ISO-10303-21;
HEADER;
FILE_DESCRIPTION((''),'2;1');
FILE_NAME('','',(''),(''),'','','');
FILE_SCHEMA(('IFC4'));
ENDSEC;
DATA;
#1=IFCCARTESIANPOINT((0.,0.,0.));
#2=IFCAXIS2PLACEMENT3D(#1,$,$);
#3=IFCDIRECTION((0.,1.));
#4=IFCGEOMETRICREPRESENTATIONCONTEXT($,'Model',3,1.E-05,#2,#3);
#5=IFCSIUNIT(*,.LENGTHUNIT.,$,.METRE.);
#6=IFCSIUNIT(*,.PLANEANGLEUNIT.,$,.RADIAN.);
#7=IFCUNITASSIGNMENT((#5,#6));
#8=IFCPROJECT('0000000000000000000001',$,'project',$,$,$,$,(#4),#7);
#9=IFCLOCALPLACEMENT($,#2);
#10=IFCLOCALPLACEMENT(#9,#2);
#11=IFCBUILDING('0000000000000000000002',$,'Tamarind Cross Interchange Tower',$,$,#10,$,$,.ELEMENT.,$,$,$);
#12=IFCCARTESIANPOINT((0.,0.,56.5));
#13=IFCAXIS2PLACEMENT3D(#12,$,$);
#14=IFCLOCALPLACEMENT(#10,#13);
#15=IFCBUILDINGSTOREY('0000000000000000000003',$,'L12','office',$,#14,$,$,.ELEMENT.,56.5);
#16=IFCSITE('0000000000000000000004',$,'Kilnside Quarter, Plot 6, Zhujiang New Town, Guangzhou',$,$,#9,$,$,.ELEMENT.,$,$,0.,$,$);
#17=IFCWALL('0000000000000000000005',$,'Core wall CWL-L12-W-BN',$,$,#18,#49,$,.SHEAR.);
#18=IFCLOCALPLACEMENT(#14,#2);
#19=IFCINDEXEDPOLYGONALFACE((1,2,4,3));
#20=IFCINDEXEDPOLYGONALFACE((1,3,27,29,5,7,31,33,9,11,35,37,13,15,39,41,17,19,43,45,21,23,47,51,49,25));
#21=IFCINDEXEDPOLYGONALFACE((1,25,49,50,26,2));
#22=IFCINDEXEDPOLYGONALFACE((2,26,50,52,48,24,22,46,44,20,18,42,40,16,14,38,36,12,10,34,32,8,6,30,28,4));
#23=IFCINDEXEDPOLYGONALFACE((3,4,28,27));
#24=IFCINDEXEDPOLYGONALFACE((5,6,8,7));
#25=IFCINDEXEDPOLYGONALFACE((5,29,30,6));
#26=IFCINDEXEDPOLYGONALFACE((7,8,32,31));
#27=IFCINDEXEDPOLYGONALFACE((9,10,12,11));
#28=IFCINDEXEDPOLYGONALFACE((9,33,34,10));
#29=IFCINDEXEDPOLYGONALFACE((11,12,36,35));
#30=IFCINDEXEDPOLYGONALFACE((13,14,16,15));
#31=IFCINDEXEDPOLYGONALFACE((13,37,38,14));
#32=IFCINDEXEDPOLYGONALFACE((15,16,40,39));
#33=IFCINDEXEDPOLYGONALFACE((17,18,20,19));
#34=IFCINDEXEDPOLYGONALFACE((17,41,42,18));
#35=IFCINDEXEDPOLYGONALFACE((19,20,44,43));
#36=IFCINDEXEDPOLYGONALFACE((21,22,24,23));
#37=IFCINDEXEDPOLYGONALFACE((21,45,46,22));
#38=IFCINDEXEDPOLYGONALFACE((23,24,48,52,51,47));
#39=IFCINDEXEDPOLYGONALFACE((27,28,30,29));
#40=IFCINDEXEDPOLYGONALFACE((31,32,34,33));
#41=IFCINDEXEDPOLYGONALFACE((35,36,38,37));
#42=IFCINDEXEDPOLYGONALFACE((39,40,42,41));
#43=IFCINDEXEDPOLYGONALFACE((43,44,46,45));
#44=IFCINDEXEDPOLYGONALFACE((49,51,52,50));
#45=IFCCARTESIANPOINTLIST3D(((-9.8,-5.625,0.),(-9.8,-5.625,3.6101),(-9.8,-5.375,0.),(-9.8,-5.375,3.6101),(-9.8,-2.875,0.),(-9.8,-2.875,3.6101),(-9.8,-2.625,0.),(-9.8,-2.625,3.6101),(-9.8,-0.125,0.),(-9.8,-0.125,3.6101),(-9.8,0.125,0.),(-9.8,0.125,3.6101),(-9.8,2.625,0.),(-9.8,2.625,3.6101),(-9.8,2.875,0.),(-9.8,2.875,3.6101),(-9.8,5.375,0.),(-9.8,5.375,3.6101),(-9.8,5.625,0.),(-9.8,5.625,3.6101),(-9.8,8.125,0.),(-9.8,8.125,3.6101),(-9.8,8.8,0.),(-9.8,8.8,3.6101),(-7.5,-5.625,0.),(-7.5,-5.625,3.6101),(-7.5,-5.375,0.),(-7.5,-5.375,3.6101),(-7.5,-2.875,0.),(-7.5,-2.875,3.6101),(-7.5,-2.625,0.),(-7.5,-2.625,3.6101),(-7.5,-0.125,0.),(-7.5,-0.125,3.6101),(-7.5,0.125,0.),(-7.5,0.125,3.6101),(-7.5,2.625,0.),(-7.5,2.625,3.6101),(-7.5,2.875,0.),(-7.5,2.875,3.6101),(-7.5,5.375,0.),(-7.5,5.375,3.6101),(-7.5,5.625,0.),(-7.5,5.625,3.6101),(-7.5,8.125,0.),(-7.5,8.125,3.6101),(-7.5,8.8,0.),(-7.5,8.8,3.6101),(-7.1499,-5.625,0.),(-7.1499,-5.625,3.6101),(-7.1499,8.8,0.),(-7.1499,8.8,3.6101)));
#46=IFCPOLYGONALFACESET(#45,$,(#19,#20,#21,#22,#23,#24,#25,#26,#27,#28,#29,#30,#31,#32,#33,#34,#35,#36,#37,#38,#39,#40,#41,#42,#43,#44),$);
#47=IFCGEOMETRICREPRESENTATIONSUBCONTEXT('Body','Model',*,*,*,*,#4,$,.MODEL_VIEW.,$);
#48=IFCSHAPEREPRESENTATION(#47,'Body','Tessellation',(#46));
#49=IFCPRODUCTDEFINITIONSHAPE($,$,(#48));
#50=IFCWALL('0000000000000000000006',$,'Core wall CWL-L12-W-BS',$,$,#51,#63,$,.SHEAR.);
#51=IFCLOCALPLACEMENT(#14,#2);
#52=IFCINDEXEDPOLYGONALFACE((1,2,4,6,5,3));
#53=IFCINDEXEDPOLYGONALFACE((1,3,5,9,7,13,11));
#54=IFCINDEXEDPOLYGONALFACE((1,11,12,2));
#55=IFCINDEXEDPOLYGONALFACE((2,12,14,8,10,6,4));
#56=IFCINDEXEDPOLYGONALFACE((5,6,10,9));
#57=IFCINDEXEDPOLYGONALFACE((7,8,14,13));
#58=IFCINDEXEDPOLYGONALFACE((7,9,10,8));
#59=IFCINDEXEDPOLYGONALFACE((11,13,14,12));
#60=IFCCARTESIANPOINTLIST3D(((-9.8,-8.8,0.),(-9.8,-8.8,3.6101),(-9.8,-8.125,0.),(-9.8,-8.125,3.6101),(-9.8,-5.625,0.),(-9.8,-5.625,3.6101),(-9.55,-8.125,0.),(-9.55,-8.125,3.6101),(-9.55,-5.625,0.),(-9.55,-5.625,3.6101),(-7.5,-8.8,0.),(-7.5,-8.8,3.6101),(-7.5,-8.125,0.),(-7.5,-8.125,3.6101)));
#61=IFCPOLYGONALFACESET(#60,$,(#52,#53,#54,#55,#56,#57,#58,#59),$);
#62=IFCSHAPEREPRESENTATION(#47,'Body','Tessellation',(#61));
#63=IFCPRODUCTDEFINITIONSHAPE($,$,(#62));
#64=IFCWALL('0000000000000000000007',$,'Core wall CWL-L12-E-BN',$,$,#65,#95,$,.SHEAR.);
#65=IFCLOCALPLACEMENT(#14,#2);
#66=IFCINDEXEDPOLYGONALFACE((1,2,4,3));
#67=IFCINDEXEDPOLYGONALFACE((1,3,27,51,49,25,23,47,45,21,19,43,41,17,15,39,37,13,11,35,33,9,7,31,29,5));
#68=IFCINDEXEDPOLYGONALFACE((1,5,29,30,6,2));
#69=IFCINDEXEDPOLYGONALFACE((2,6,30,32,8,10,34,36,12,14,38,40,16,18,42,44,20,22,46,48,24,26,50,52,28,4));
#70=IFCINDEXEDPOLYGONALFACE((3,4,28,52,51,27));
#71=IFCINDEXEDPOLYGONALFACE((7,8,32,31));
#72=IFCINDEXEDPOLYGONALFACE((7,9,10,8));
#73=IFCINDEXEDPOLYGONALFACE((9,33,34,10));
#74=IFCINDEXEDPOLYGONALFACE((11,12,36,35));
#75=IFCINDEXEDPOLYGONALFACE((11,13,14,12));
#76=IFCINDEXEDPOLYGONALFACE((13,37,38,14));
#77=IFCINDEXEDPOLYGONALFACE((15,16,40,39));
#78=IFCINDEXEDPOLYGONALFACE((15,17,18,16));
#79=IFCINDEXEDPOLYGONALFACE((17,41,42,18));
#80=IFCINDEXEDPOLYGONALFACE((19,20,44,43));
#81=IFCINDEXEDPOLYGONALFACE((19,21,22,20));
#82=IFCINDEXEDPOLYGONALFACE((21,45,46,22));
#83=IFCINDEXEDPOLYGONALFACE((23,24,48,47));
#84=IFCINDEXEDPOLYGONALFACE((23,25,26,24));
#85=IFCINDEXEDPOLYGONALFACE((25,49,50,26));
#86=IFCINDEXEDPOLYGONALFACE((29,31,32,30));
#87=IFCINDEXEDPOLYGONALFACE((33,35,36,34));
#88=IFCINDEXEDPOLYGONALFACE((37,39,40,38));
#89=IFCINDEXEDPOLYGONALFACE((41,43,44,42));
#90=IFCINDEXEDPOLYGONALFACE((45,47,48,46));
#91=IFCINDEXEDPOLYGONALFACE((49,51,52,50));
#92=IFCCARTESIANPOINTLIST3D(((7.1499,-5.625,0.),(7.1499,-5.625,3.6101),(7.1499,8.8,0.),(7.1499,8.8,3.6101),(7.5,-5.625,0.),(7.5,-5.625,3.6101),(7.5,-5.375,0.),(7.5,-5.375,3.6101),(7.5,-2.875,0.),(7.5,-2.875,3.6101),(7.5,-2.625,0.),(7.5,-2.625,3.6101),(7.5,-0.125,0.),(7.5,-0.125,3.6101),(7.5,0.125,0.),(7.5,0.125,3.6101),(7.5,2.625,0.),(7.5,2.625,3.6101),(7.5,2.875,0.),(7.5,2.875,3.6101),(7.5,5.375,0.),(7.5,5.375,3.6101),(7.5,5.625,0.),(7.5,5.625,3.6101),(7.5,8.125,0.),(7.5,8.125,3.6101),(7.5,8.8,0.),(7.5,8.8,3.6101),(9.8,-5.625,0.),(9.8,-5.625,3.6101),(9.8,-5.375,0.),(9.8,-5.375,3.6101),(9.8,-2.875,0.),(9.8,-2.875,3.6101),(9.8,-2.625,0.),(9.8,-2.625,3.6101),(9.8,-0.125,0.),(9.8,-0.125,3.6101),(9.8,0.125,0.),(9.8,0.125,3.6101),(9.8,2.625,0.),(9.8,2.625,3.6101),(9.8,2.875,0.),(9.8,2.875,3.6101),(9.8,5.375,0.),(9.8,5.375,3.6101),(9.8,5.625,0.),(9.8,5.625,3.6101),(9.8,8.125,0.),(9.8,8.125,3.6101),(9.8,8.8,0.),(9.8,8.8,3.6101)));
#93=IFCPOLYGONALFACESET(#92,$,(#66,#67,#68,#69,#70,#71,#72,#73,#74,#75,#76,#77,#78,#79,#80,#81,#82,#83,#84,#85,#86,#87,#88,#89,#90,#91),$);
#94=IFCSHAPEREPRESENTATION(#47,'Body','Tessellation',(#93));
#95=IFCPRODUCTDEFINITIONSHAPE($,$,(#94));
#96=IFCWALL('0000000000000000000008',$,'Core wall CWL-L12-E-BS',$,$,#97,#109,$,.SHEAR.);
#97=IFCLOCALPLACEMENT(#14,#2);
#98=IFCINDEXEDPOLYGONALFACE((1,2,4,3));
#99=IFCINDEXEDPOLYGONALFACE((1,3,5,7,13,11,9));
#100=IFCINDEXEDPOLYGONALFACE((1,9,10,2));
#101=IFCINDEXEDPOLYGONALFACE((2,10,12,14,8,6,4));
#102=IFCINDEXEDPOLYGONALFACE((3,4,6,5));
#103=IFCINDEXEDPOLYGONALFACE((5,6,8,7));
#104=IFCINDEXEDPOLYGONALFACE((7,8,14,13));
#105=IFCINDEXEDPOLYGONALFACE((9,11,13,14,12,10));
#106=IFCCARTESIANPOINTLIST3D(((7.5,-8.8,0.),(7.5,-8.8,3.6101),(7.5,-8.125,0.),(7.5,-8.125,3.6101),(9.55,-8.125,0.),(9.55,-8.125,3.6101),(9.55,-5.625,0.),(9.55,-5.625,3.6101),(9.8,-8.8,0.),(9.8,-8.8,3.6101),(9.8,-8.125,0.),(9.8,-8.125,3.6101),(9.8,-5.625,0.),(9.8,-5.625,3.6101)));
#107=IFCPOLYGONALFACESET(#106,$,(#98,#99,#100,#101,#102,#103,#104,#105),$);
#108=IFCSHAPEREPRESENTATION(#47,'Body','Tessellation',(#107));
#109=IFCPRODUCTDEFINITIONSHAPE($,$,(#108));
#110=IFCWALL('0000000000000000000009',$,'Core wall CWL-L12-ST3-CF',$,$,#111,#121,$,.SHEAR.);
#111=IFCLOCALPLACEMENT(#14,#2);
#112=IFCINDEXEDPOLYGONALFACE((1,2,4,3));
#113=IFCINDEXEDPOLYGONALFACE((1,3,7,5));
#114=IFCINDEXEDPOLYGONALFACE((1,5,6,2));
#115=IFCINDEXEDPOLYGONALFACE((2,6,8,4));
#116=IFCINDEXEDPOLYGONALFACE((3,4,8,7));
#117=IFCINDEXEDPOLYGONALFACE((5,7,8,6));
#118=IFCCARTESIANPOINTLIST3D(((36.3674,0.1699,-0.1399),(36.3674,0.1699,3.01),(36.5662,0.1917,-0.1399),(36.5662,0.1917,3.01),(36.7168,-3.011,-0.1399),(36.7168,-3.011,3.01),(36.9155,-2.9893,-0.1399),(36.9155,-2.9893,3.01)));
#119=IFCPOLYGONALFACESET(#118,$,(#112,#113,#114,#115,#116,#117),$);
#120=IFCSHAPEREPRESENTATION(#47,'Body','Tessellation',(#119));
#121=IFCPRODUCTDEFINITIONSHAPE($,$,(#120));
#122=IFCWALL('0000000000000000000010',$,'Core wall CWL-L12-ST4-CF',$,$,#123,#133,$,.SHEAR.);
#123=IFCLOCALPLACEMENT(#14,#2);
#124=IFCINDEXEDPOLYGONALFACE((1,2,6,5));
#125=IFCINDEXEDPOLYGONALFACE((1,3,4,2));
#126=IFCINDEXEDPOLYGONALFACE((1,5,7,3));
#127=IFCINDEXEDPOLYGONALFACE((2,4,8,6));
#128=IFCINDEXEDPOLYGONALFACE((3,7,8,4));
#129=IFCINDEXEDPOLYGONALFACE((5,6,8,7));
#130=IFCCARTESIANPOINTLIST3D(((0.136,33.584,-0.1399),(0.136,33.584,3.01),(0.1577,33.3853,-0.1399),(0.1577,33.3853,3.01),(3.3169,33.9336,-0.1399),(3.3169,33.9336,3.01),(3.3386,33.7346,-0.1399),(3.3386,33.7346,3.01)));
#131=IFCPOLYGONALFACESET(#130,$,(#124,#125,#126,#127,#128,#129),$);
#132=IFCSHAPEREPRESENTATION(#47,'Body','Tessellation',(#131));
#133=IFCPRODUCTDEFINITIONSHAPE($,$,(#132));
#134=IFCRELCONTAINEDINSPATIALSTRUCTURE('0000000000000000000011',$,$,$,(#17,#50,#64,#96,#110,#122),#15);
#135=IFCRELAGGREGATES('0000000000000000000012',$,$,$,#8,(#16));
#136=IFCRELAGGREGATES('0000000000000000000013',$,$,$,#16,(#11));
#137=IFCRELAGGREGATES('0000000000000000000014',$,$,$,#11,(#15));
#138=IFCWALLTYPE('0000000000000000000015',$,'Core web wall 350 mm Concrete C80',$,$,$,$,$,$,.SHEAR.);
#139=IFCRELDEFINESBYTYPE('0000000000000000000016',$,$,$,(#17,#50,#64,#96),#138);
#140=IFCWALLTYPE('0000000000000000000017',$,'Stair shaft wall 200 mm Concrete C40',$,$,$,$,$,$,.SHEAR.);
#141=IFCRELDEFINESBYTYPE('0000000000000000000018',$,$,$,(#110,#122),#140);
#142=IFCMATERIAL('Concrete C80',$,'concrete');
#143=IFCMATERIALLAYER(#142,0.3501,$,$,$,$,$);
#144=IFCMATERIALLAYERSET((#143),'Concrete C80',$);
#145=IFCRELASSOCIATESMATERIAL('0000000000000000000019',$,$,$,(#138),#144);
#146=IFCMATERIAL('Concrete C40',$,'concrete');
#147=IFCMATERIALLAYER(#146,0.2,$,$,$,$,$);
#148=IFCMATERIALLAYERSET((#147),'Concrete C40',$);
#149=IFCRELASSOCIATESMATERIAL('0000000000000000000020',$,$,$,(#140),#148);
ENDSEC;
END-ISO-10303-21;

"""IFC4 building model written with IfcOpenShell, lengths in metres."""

from ifc_helpers import new_model, si_unit, direction, frame, origin, place, context, subcontext, project, spatial, polyline, outline, extrude, material, layer, layer_set, type_object, element, save


model = new_model("IFC4")

# Units and contexts
model_context = context("Model", 3, precision=1e-05, world=origin(), true_north=direction((0.0, 1.0)))
body_context = subcontext(model_context, "Body", "Model", "MODEL_VIEW")
ifc_project = project(units=[si_unit("LENGTHUNIT", "METRE"), si_unit("PLANEANGLEUNIT", "RADIAN")], contexts=[model_context])

# Site, building, storey
site_placement = place(None, origin())
site = spatial("IfcSite", under=ifc_project, at=site_placement, Name="Kilnside Quarter, Plot 6, Zhujiang New Town, Guangzhou", CompositionType="ELEMENT", RefElevation=0.0)
building_placement = place(site_placement, origin())
building = spatial("IfcBuilding", under=site, at=building_placement, Name="Tamarind Cross Interchange Tower", CompositionType="ELEMENT")
storey_placement = place(building_placement, frame((0.0, 0.0, 56.5)))
storey = spatial("IfcBuildingStorey", under=building, at=storey_placement, Name="L12", Description="office", CompositionType="ELEMENT", Elevation=56.5)

# Shared definitions
ifc_material_1 = material(Name="Concrete C40", Category="concrete")

# Walls
ifc_material_2 = material(Name="Concrete C80", Category="concrete")
ifc_layer_1 = layer(ifc_material_2, 0.3501)
ifc_layer_set_1 = layer_set([ifc_layer_1], Name="Concrete C80")
wall_type_1 = type_object("IfcWallType", Name="Core web wall 350 mm Concrete C80", PredefinedType="SHEAR", material=ifc_layer_set_1)
wall_1_placement = place(storey_placement, origin())
element("IfcWall", 1, at=wall_1_placement, inside=storey, type_object=wall_type_1, Name="Core wall CWL-L12-W-BN", PredefinedType="SHEAR", context=body_context, shape_type="SweptSolid", body=[
    extrude(outline(polyline([(-9.8, -5.375), (-9.8, -5.625), (-7.5, -5.625), (-7.1499, -5.625), (-7.1499, 8.8), (-7.5, 8.8), (-9.8, 8.8), (-9.8, 8.125), (-7.5, 8.125), (-7.5, 5.625), (-9.8, 5.625), (-9.8, 5.375), (-7.5, 5.375), (-7.5, 2.875), (-9.8, 2.875), (-9.8, 2.625), (-7.5, 2.625), (-7.5, 0.125), (-9.8, 0.125), (-9.8, -0.125), (-7.5, -0.125), (-7.5, -2.625), (-9.8, -2.625), (-9.8, -2.875), (-7.5, -2.875), (-7.5, -5.375), (-9.8, -5.375)])), origin(), (0.0, 0.0, 1.0), 3.6101),
])
wall_2_placement = place(storey_placement, origin())
element("IfcWall", 2, at=wall_2_placement, inside=storey, type_object=wall_type_1, Name="Core wall CWL-L12-W-BS", PredefinedType="SHEAR", context=body_context, shape_type="SweptSolid", body=[
    extrude(outline(polyline([(-7.5, -8.125), (-9.55, -8.125), (-9.55, -5.625), (-9.8, -5.625), (-9.8, -8.125), (-9.8, -8.8), (-7.5, -8.8), (-7.5, -8.125)])), origin(), (0.0, 0.0, 1.0), 3.6101),
])
wall_3_placement = place(storey_placement, origin())
element("IfcWall", 3, at=wall_3_placement, inside=storey, type_object=wall_type_1, Name="Core wall CWL-L12-E-BN", PredefinedType="SHEAR", context=body_context, shape_type="SweptSolid", body=[
    extrude(outline(polyline([(9.8, -5.375), (7.5, -5.375), (7.5, -2.875), (9.8, -2.875), (9.8, -2.625), (7.5, -2.625), (7.5, -0.125), (9.8, -0.125), (9.8, 0.125), (7.5, 0.125), (7.5, 2.625), (9.8, 2.625), (9.8, 2.875), (7.5, 2.875), (7.5, 5.375), (9.8, 5.375), (9.8, 5.625), (7.5, 5.625), (7.5, 8.125), (9.8, 8.125), (9.8, 8.8), (7.5, 8.8), (7.1499, 8.8), (7.1499, -5.625), (7.5, -5.625), (9.8, -5.625), (9.8, -5.375)])), origin(), (0.0, 0.0, 1.0), 3.6101),
])
wall_4_placement = place(storey_placement, origin())
element("IfcWall", 4, at=wall_4_placement, inside=storey, type_object=wall_type_1, Name="Core wall CWL-L12-E-BS", PredefinedType="SHEAR", context=body_context, shape_type="SweptSolid", body=[
    extrude(outline(polyline([(7.5, -8.125), (7.5, -8.8), (9.8, -8.8), (9.8, -8.125), (9.8, -5.625), (9.55, -5.625), (9.55, -8.125), (7.5, -8.125)])), origin(), (0.0, 0.0, 1.0), 3.6101),
])
ifc_layer_2 = layer(ifc_material_1, 0.2)
ifc_layer_set_2 = layer_set([ifc_layer_2], Name="Concrete C40")
wall_type_2 = type_object("IfcWallType", Name="Stair shaft wall 200 mm Concrete C40", PredefinedType="SHEAR", material=ifc_layer_set_2)
wall_5_placement = place(storey_placement, frame((0.0, 0.0, -0.1399)))
element("IfcWall", 5, at=wall_5_placement, inside=storey, type_object=wall_type_2, Name="Core wall CWL-L12-ST3-CF", PredefinedType="SHEAR", context=body_context, shape_type="SweptSolid", body=[
    extrude(outline(polyline([(36.7168, -3.011), (36.9155, -2.9893), (36.5662, 0.1917), (36.3674, 0.1699), (36.7168, -3.011)])), origin(), (0.0, 0.0, 1.0), 3.1499),
])
wall_6_placement = place(storey_placement, frame((0.0, 0.0, -0.1399)))
element("IfcWall", 6, at=wall_6_placement, inside=storey, type_object=wall_type_2, Name="Core wall CWL-L12-ST4-CF", PredefinedType="SHEAR", context=body_context, shape_type="SweptSolid", body=[
    extrude(outline(polyline([(3.3386, 33.7346), (3.3169, 33.9336), (0.136, 33.584), (0.1577, 33.3853), (3.3386, 33.7346)])), origin(), (0.0, 0.0, 1.0), 3.1499),
])

save(model, "model.ifc")
